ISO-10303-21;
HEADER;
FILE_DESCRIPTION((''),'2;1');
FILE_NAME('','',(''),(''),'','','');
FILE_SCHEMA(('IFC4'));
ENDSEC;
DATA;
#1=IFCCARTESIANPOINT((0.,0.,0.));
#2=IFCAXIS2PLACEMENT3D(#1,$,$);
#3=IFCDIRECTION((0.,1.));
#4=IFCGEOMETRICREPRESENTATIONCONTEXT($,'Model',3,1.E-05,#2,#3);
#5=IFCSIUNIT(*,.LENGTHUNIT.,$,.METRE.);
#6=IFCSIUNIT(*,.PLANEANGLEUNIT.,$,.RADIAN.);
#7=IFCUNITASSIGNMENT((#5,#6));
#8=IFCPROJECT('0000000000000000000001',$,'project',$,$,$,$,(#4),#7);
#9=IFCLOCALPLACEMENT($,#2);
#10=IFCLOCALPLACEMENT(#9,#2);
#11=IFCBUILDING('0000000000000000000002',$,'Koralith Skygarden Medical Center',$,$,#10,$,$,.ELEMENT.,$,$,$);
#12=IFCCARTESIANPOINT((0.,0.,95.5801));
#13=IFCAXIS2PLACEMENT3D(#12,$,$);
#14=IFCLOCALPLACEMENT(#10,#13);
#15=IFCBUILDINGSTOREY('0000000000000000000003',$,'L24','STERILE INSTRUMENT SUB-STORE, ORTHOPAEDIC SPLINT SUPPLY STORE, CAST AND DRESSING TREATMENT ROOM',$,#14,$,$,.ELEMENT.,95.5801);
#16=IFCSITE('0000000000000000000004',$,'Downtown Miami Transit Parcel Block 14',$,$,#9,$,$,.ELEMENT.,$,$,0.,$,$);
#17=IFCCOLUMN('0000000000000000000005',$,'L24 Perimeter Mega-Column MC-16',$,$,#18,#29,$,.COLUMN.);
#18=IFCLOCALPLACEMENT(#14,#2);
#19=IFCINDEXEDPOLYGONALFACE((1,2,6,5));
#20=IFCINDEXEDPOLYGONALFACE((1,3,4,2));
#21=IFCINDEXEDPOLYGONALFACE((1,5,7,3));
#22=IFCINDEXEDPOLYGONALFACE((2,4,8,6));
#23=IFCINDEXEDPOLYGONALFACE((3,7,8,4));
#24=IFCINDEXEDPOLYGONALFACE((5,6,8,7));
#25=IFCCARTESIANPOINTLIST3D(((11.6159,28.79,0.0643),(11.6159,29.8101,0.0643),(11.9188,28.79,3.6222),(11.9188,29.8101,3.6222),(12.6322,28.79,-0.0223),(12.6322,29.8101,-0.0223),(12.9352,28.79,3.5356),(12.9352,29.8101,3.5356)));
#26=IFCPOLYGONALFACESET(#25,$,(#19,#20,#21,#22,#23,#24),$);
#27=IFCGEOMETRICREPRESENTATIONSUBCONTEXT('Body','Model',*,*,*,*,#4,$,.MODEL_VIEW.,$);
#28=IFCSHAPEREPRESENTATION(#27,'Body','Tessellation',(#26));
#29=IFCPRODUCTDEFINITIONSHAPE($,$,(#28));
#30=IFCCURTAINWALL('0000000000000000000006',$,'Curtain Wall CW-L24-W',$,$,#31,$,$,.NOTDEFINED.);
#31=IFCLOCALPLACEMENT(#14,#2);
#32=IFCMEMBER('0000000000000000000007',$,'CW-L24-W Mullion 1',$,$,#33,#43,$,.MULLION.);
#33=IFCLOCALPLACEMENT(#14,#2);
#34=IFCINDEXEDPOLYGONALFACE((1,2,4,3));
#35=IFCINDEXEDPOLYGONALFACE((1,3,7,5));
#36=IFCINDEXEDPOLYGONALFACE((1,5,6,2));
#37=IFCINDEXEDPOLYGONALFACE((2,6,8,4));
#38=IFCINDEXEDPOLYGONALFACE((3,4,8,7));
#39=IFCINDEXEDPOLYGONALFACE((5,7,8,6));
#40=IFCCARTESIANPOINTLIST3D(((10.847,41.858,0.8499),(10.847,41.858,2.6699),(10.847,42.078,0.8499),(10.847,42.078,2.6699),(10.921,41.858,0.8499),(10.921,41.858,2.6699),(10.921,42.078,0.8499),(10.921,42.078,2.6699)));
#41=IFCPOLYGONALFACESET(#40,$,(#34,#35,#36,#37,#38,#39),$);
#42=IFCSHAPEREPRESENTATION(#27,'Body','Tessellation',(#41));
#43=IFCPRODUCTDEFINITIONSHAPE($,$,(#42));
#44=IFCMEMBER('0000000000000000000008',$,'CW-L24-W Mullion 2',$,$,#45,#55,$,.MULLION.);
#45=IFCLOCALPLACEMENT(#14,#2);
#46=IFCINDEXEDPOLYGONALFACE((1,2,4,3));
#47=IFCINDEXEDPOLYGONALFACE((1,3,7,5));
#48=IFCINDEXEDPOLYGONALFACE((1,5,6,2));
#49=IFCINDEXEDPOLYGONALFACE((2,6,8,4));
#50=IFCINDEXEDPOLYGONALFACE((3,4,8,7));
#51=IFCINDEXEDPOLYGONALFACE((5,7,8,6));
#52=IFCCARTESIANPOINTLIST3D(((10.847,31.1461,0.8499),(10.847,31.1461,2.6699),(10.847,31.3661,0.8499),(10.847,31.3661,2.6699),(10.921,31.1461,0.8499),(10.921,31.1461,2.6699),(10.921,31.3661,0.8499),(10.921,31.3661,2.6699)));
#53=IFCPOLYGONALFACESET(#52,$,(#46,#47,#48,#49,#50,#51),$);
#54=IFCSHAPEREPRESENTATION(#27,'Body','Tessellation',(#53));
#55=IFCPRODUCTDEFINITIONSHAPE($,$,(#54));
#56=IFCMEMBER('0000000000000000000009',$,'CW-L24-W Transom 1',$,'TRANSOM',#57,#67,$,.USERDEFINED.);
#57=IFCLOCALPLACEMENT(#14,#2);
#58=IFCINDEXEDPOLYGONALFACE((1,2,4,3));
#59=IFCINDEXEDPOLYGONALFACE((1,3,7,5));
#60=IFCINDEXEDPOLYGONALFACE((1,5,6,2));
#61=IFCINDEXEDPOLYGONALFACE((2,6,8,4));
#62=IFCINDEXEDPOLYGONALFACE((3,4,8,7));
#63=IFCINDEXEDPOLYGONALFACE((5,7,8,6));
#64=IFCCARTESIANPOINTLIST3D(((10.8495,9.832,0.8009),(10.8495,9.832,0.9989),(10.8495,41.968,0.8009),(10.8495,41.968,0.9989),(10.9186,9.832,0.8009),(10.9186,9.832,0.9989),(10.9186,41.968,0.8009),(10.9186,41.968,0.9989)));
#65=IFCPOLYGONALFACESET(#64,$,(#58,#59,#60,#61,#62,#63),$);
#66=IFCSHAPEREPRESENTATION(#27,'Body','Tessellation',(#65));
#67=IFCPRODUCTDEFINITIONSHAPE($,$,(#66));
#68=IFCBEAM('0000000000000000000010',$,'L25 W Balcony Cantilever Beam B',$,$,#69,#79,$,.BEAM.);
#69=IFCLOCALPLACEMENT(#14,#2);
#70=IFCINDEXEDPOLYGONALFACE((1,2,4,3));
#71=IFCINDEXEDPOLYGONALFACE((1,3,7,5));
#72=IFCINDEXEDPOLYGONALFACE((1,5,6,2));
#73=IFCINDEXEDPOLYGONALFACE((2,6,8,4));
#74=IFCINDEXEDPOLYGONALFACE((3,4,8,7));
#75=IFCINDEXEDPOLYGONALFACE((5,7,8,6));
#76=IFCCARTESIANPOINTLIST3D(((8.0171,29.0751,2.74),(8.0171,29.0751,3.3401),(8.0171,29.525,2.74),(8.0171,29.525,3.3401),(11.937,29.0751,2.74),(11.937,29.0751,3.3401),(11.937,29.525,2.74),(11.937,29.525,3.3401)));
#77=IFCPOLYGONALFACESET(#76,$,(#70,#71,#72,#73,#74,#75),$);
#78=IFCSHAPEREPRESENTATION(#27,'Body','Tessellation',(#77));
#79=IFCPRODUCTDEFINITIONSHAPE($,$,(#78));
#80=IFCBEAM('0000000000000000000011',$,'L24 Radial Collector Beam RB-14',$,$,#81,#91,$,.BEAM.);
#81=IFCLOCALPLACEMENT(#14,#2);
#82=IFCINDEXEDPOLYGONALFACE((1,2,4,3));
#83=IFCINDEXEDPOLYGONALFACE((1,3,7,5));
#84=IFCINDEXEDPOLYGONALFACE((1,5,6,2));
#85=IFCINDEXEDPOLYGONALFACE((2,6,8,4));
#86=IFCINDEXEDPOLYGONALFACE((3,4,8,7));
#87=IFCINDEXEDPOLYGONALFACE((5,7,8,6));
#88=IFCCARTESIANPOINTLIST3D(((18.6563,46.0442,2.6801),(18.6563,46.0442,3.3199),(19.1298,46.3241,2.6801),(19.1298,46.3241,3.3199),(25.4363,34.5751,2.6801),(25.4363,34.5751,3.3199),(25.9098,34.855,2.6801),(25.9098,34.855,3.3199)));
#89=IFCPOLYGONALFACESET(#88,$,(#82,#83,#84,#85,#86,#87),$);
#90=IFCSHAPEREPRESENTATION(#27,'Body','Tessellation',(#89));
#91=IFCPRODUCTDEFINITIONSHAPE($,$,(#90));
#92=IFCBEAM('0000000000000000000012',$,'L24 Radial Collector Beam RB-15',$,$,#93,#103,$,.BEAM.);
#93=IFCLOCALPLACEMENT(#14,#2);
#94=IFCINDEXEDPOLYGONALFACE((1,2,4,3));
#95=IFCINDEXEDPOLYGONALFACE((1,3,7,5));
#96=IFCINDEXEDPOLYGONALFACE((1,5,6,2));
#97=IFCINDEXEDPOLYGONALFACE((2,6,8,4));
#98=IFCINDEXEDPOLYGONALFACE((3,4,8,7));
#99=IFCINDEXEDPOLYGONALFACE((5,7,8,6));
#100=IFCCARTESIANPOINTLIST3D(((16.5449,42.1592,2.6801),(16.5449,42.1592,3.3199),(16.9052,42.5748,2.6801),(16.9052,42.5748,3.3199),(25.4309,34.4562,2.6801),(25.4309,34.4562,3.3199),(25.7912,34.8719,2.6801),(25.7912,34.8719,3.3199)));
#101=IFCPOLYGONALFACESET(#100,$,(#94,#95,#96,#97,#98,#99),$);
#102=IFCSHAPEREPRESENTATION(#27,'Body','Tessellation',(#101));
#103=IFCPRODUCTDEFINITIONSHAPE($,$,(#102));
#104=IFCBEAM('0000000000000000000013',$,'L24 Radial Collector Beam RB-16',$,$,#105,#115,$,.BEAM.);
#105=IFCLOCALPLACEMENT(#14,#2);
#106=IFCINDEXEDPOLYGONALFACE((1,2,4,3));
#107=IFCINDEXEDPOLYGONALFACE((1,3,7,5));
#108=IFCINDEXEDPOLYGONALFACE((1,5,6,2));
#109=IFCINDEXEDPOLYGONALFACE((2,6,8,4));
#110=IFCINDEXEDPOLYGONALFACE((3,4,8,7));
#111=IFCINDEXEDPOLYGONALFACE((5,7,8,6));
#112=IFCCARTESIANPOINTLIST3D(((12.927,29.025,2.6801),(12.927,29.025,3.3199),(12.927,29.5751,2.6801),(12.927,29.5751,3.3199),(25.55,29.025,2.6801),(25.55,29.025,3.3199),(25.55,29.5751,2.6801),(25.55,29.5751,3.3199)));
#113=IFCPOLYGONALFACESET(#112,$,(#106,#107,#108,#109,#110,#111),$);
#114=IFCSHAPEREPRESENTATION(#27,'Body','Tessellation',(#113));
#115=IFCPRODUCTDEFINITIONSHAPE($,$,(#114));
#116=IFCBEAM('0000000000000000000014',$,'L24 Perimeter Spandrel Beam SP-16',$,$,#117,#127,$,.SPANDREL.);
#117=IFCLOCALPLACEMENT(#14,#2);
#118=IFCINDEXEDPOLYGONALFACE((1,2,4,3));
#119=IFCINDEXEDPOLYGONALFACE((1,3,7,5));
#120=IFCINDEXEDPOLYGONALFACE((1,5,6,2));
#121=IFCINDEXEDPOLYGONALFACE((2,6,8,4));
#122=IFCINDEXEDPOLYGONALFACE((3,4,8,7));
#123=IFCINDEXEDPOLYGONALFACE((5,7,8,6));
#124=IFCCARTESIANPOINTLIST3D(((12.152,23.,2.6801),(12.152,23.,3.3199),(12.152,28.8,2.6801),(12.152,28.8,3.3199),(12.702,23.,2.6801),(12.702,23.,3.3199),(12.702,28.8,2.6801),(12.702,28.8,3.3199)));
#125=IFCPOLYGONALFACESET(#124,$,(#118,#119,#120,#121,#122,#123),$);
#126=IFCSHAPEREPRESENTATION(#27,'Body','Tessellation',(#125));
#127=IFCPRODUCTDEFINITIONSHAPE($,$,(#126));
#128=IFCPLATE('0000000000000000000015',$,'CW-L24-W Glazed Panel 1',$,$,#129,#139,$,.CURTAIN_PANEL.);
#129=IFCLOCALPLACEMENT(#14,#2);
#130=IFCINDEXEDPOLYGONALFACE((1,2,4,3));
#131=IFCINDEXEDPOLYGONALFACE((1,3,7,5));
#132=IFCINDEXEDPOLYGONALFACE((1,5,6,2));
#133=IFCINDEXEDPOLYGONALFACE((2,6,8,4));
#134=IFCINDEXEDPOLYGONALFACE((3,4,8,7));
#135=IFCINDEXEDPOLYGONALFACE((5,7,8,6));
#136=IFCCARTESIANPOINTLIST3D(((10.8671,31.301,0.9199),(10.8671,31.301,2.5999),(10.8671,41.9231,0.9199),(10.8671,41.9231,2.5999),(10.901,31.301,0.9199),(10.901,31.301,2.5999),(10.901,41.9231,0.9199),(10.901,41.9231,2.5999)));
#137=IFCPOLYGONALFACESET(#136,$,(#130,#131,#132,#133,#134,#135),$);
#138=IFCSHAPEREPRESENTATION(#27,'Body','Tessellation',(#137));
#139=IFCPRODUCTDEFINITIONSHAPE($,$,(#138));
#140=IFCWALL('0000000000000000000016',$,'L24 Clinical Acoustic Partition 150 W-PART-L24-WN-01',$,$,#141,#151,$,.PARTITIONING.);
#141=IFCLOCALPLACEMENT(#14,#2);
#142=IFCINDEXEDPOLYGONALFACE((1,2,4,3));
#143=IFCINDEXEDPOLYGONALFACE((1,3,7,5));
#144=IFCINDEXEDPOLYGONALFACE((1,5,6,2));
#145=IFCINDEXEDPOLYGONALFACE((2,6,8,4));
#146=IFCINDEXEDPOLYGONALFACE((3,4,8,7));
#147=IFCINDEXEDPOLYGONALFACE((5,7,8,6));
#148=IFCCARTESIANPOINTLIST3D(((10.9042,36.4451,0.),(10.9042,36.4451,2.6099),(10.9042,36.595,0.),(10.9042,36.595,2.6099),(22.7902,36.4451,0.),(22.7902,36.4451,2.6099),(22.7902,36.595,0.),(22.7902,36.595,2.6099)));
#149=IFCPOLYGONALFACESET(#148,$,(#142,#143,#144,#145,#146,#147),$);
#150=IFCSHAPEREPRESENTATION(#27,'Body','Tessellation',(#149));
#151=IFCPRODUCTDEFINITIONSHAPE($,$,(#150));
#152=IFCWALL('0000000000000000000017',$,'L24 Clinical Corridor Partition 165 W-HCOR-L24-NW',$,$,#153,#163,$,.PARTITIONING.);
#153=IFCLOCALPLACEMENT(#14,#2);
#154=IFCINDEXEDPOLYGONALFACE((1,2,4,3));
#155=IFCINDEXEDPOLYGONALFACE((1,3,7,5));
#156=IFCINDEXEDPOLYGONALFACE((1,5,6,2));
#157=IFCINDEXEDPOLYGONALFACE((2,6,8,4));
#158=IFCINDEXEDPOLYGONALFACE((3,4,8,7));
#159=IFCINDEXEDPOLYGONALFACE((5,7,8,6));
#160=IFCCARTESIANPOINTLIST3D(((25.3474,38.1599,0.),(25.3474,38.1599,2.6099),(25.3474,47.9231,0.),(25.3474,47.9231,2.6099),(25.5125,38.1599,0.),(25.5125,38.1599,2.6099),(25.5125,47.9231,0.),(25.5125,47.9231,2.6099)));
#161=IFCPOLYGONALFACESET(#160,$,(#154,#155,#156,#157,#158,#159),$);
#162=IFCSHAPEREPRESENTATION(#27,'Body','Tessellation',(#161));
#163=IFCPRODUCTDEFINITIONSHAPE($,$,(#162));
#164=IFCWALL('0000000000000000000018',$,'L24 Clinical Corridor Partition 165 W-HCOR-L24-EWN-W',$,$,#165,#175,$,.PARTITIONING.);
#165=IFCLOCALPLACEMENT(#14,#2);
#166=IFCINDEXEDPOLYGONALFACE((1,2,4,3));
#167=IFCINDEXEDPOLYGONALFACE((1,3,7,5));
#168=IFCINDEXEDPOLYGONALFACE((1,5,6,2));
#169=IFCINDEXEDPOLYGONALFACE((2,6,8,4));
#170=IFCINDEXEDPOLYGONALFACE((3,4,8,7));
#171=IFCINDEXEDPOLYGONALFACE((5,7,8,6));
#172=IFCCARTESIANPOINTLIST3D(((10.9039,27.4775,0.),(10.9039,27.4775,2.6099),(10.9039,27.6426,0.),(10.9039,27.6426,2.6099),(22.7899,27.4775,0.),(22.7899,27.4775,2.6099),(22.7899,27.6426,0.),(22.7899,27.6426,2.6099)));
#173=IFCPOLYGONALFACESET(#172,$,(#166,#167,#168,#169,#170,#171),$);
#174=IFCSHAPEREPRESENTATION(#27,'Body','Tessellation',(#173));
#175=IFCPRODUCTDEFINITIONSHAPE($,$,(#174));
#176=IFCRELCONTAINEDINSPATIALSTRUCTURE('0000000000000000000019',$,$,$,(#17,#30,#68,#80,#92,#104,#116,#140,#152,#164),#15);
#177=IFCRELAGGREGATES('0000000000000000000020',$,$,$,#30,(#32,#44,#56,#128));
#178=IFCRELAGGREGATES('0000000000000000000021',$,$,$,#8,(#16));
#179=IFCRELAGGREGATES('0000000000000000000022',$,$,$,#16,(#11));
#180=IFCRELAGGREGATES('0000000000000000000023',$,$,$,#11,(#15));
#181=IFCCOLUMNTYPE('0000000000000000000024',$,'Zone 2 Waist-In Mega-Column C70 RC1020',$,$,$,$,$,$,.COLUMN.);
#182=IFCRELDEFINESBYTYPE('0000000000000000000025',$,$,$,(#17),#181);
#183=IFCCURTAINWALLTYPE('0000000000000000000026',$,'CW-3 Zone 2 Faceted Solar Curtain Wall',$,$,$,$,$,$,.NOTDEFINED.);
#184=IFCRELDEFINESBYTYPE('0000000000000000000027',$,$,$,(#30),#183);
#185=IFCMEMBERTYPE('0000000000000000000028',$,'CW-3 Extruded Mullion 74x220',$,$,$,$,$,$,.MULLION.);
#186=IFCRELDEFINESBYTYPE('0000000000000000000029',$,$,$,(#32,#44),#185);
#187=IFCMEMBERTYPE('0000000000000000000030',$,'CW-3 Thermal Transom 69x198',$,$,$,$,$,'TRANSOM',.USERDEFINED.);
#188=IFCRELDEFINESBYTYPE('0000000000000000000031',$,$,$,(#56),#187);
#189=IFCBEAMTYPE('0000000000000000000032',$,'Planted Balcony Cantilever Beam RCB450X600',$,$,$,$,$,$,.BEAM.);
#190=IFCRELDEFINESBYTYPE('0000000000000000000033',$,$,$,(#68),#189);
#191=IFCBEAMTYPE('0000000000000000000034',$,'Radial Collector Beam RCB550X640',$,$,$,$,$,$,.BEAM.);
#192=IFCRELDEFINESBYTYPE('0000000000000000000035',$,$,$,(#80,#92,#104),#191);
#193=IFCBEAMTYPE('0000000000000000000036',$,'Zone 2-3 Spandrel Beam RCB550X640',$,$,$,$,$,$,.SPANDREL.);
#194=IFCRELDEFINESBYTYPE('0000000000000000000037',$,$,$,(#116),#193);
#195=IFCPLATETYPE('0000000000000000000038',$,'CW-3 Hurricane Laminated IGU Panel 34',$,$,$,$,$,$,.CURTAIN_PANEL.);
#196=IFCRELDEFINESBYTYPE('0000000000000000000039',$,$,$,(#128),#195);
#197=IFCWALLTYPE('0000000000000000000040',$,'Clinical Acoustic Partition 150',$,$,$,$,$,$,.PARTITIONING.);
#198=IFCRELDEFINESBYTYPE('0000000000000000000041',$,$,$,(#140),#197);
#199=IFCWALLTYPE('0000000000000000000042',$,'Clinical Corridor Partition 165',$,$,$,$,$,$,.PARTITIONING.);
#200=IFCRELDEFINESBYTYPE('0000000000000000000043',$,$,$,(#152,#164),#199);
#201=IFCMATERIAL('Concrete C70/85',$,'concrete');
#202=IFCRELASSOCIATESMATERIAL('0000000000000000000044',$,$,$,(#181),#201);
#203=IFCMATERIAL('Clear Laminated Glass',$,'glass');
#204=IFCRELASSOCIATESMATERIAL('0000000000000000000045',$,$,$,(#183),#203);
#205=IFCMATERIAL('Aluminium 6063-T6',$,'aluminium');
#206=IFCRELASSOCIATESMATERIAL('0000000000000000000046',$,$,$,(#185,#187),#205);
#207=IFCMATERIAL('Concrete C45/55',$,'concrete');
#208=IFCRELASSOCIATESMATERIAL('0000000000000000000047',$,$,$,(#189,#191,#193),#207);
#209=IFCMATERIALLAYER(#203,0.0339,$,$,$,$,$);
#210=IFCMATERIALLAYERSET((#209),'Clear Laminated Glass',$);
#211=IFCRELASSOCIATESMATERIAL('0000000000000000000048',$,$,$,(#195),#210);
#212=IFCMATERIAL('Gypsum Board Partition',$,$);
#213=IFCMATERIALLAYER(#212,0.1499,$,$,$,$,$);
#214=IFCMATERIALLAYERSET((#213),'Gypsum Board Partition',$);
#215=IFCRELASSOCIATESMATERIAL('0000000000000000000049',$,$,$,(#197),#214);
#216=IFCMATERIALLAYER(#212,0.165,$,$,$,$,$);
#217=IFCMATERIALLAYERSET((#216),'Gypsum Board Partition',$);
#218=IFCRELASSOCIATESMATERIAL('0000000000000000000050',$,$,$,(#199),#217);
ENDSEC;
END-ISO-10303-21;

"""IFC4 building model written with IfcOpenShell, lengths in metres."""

from ifc_helpers import new_model, si_unit, direction, frame, frame_2d, origin, origin_2d, place, context, subcontext, project, spatial, rectangle, extrude, material, layer, layer_set, material_profile, profile_set, type_object, element, aggregate, save


model = new_model("IFC4")

# Units and contexts
model_context = context("Model", 3, precision=1e-05, world=origin(), true_north=direction((0.0, 1.0)))
body_context = subcontext(model_context, "Body", "Model", "MODEL_VIEW")
ifc_project = project(units=[si_unit("LENGTHUNIT", "METRE"), si_unit("PLANEANGLEUNIT", "RADIAN")], contexts=[model_context])

# Site, building, storey
site_placement = place(None, origin())
site = spatial("IfcSite", under=ifc_project, at=site_placement, Name="Downtown Miami Transit Parcel Block 14", CompositionType="ELEMENT", RefElevation=0.0)
building_placement = place(site_placement, origin())
building = spatial("IfcBuilding", under=site, at=building_placement, Name="Koralith Skygarden Medical Center", CompositionType="ELEMENT")
storey_placement = place(building_placement, frame((0.0, 0.0, 95.5801)))
storey = spatial("IfcBuildingStorey", under=building, at=storey_placement, Name="L24", Description="STERILE INSTRUMENT SUB-STORE, ORTHOPAEDIC SPLINT SUPPLY STORE, CAST AND DRESSING TREATMENT ROOM", CompositionType="ELEMENT", Elevation=95.5801)

# Column
ifc_material_1 = material(Name="Concrete C70/85", Category="concrete")
ifc_material_profile_1 = material_profile(ifc_material_1, rectangle(XDim=1.02, YDim=1.02, at=origin_2d()), Name="RC1020X1020")
ifc_profile_set_1 = profile_set([ifc_material_profile_1], Name="Concrete C70/85")
column_type = type_object("IfcColumnType", Name="Zone 2 Waist-In Mega-Column C70 RC1020", PredefinedType="COLUMN", material=ifc_profile_set_1)
column_placement = place(storey_placement, frame((12.124, 29.3, 0.021), z_axis=(0.08485, 0.0, 0.996394), x_axis=(0.0, 1.0, 0.0)))
element("IfcColumn", 1, at=column_placement, inside=storey, type_object=column_type, Name="L24 Perimeter Mega-Column MC-16", PredefinedType="COLUMN", context=body_context, shape_type="SweptSolid", body=[
    extrude(rectangle(XDim=1.02, YDim=1.02, at=origin_2d()), origin(), (0.0, 0.0, 1.0), 3.5708),
])

# Curtain wall, members
ifc_material_2 = material(Name="Clear Laminated Glass", Category="glass")
curtain_wall_type = type_object("IfcCurtainWallType", Name="CW-3 Zone 2 Faceted Solar Curtain Wall", PredefinedType="NOTDEFINED", material=ifc_material_2)
curtain_wall_placement = place(storey_placement, origin())
curtain_wall = element("IfcCurtainWall", 2, at=curtain_wall_placement, inside=storey, type_object=curtain_wall_type, Name="Curtain Wall CW-L24-W", PredefinedType="NOTDEFINED")
ifc_material_3 = material(Name="Aluminium 6063-T6", Category="aluminium")
ifc_material_profile_2 = material_profile(ifc_material_3, rectangle(XDim=0.074, YDim=0.22, at=origin_2d()), Name="MUL74X220")
ifc_profile_set_2 = profile_set([ifc_material_profile_2], Name="Aluminium 6063-T6")
member_type_1 = type_object("IfcMemberType", Name="CW-3 Extruded Mullion 74x220", PredefinedType="MULLION", material=ifc_profile_set_2)
member_1_placement = place(storey_placement, frame((10.884, 41.968, 0.8499), z_axis=(0.0, 0.0, 1.0), x_axis=(1.0, 0.0, 0.0)))
member_1 = element("IfcMember", 3, at=member_1_placement, type_object=member_type_1, Name="CW-L24-W Mullion 1", PredefinedType="MULLION", context=body_context, shape_type="SweptSolid", body=[
    extrude(rectangle(XDim=0.074, YDim=0.22, at=origin_2d()), origin(), (0.0, 0.0, 1.0), 1.8201),
])
member_2_placement = place(storey_placement, frame((10.884, 31.2561, 0.8499), z_axis=(0.0, 0.0, 1.0), x_axis=(1.0, 0.0, 0.0)))
member_2 = element("IfcMember", 4, at=member_2_placement, type_object=member_type_1, Name="CW-L24-W Mullion 2", PredefinedType="MULLION", context=body_context, shape_type="SweptSolid", body=[
    extrude(rectangle(XDim=0.074, YDim=0.22, at=origin_2d()), origin(), (0.0, 0.0, 1.0), 1.8201),
])
ifc_material_profile_3 = material_profile(ifc_material_3, rectangle(XDim=0.0691, YDim=0.198, at=origin_2d()), Name="TRN69X198")
ifc_profile_set_3 = profile_set([ifc_material_profile_3], Name="Aluminium 6063-T6")
member_type_2 = type_object("IfcMemberType", Name="CW-3 Thermal Transom 69x198", ElementType="TRANSOM", PredefinedType="USERDEFINED", material=ifc_profile_set_3)
member_3_placement = place(storey_placement, frame((10.884, 41.968, 0.8999), z_axis=(0.0, -1.0, 0.0), x_axis=(1.0, 0.0, 0.0)))
member_3 = element("IfcMember", 5, at=member_3_placement, type_object=member_type_2, Name="CW-L24-W Transom 1", ObjectType="TRANSOM", PredefinedType="USERDEFINED", context=body_context, shape_type="SweptSolid", body=[
    extrude(rectangle(XDim=0.0691, YDim=0.198, at=origin_2d()), origin(), (0.0, 0.0, 1.0), 32.136),
])

# Beams
ifc_material_4 = material(Name="Concrete C45/55", Category="concrete")
ifc_material_profile_4 = material_profile(ifc_material_4, rectangle(XDim=0.45, YDim=0.6001, at=origin_2d()), Name="RCB450X600")
ifc_profile_set_4 = profile_set([ifc_material_profile_4], Name="Concrete C45/55")
beam_type_1 = type_object("IfcBeamType", Name="Planted Balcony Cantilever Beam RCB450X600", PredefinedType="BEAM", material=ifc_profile_set_4)
beam_1_placement = place(storey_placement, frame((11.937, 29.3, 3.04), z_axis=(-1.0, 0.0, 0.0), x_axis=(0.0, -1.0, 0.0)))
element("IfcBeam", 6, at=beam_1_placement, inside=storey, type_object=beam_type_1, Name="L25 W Balcony Cantilever Beam B", PredefinedType="BEAM", context=body_context, shape_type="SweptSolid", body=[
    extrude(rectangle(XDim=0.45, YDim=0.6001, at=origin_2d()), origin(), (0.0, 0.0, 1.0), 3.9199),
])
ifc_material_profile_5 = material_profile(ifc_material_4, rectangle(XDim=0.55, YDim=0.6399, at=origin_2d()), Name="RCB550X640")
ifc_profile_set_5 = profile_set([ifc_material_profile_5], Name="Concrete C45/55")
beam_type_2 = type_object("IfcBeamType", Name="Radial Collector Beam RCB550X640", PredefinedType="BEAM", material=ifc_profile_set_5)
beam_2_placement = place(storey_placement, frame((25.6731, 34.7151, 3.0), z_axis=(-0.50889, 0.860831, 0.0), x_axis=(-0.860831, -0.50889, 0.0)))
element("IfcBeam", 7, at=beam_2_placement, inside=storey, type_object=beam_type_2, Name="L24 Radial Collector Beam RB-14", PredefinedType="BEAM", context=body_context, shape_type="SweptSolid", body=[
    extrude(rectangle(XDim=0.55, YDim=0.6399, at=origin_2d()), origin(), (0.0, 0.0, 1.0), 13.3232),
])
beam_3_placement = place(storey_placement, frame((25.6111, 34.6641, 3.0), z_axis=(-0.755618, 0.655013, 0.0), x_axis=(-0.655013, -0.755618, 0.0)))
element("IfcBeam", 8, at=beam_3_placement, inside=storey, type_object=beam_type_2, Name="L24 Radial Collector Beam RB-15", PredefinedType="BEAM", context=body_context, shape_type="SweptSolid", body=[
    extrude(rectangle(XDim=0.55, YDim=0.6399, at=origin_2d()), origin(), (0.0, 0.0, 1.0), 11.76),
])
beam_4_placement = place(storey_placement, frame((25.55, 29.3, 3.0), z_axis=(-1.0, 0.0, 0.0), x_axis=(0.0, -1.0, 0.0)))
element("IfcBeam", 9, at=beam_4_placement, inside=storey, type_object=beam_type_2, Name="L24 Radial Collector Beam RB-16", PredefinedType="BEAM", context=body_context, shape_type="SweptSolid", body=[
    extrude(rectangle(XDim=0.55, YDim=0.6399, at=origin_2d()), origin(), (0.0, 0.0, 1.0), 12.623),
])
ifc_material_profile_6 = material_profile(ifc_material_4, rectangle(XDim=0.55, YDim=0.6399, at=origin_2d()), Name="RCB550X640")
ifc_profile_set_6 = profile_set([ifc_material_profile_6], Name="Concrete C45/55")
beam_type_3 = type_object("IfcBeamType", Name="Zone 2-3 Spandrel Beam RCB550X640", PredefinedType="SPANDREL", material=ifc_profile_set_6)
beam_5_placement = place(storey_placement, frame((12.427, 28.8, 3.0), z_axis=(0.0, -1.0, 0.0), x_axis=(1.0, 0.0, 0.0)))
element("IfcBeam", 10, at=beam_5_placement, inside=storey, type_object=beam_type_3, Name="L24 Perimeter Spandrel Beam SP-16", PredefinedType="SPANDREL", context=body_context, shape_type="SweptSolid", body=[
    extrude(rectangle(XDim=0.55, YDim=0.6399, at=origin_2d()), origin(), (0.0, 0.0, 1.0), 5.8),
])

# Plate
ifc_layer_1 = layer(ifc_material_2, 0.0339)
ifc_layer_set_1 = layer_set([ifc_layer_1], Name="Clear Laminated Glass")
plate_type = type_object("IfcPlateType", Name="CW-3 Hurricane Laminated IGU Panel 34", PredefinedType="CURTAIN_PANEL", material=ifc_layer_set_1)
plate_placement = place(storey_placement, frame((10.884, 36.6121, 0.9199), z_axis=(0.0, 0.0, 1.0), x_axis=(0.0, -1.0, 0.0)))
plate = element("IfcPlate", 11, at=plate_placement, type_object=plate_type, Name="CW-L24-W Glazed Panel 1", PredefinedType="CURTAIN_PANEL", context=body_context, shape_type="SweptSolid", body=[
    extrude(rectangle(XDim=10.6221, YDim=0.0339, at=origin_2d()), origin(), (0.0, 0.0, 1.0), 1.6799),
])
aggregate(curtain_wall, [member_1, member_2, member_3, plate])

# Walls
ifc_material_5 = material(Name="Gypsum Board Partition")
ifc_layer_2 = layer(ifc_material_5, 0.1499)
ifc_layer_set_2 = layer_set([ifc_layer_2], Name="Gypsum Board Partition")
wall_type_1 = type_object("IfcWallType", Name="Clinical Acoustic Partition 150", PredefinedType="PARTITIONING", material=ifc_layer_set_2)
wall_1_placement = place(storey_placement, frame((22.79, 36.52, 0.0), z_axis=(0.0, 0.0, 1.0), x_axis=(-1.0, 0.0, 0.0)))
element("IfcWall", 12, at=wall_1_placement, inside=storey, type_object=wall_type_1, Name="L24 Clinical Acoustic Partition 150 W-PART-L24-WN-01", PredefinedType="PARTITIONING", context=body_context, shape_type="SweptSolid", body=[
    extrude(rectangle(XDim=11.886, YDim=0.1499, at=frame_2d((5.9429, 0.0))), origin(), (0.0, 0.0, 1.0), 2.6099),
])
ifc_layer_3 = layer(ifc_material_5, 0.165)
ifc_layer_set_3 = layer_set([ifc_layer_3], Name="Gypsum Board Partition")
wall_type_2 = type_object("IfcWallType", Name="Clinical Corridor Partition 165", PredefinedType="PARTITIONING", material=ifc_layer_set_3)
wall_2_placement = place(storey_placement, frame((25.4299, 38.1599, 0.0), z_axis=(0.0, 0.0, 1.0), x_axis=(0.0, 1.0, 0.0)))
element("IfcWall", 13, at=wall_2_placement, inside=storey, type_object=wall_type_2, Name="L24 Clinical Corridor Partition 165 W-HCOR-L24-NW", PredefinedType="PARTITIONING", context=body_context, shape_type="SweptSolid", body=[
    extrude(rectangle(XDim=9.7632, YDim=0.165, at=frame_2d((4.8816, 0.0))), origin(), (0.0, 0.0, 1.0), 2.6099),
])
wall_3_placement = place(storey_placement, frame((10.9041, 27.5601, 0.0), z_axis=(0.0, 0.0, 1.0), x_axis=(1.0, 0.0, 0.0)))
element("IfcWall", 14, at=wall_3_placement, inside=storey, type_object=wall_type_2, Name="L24 Clinical Corridor Partition 165 W-HCOR-L24-EWN-W", PredefinedType="PARTITIONING", context=body_context, shape_type="SweptSolid", body=[
    extrude(rectangle(XDim=11.886, YDim=0.165, at=frame_2d((5.9429, 0.0))), origin(), (0.0, 0.0, 1.0), 2.6099),
])

save(model, "model.ifc")
